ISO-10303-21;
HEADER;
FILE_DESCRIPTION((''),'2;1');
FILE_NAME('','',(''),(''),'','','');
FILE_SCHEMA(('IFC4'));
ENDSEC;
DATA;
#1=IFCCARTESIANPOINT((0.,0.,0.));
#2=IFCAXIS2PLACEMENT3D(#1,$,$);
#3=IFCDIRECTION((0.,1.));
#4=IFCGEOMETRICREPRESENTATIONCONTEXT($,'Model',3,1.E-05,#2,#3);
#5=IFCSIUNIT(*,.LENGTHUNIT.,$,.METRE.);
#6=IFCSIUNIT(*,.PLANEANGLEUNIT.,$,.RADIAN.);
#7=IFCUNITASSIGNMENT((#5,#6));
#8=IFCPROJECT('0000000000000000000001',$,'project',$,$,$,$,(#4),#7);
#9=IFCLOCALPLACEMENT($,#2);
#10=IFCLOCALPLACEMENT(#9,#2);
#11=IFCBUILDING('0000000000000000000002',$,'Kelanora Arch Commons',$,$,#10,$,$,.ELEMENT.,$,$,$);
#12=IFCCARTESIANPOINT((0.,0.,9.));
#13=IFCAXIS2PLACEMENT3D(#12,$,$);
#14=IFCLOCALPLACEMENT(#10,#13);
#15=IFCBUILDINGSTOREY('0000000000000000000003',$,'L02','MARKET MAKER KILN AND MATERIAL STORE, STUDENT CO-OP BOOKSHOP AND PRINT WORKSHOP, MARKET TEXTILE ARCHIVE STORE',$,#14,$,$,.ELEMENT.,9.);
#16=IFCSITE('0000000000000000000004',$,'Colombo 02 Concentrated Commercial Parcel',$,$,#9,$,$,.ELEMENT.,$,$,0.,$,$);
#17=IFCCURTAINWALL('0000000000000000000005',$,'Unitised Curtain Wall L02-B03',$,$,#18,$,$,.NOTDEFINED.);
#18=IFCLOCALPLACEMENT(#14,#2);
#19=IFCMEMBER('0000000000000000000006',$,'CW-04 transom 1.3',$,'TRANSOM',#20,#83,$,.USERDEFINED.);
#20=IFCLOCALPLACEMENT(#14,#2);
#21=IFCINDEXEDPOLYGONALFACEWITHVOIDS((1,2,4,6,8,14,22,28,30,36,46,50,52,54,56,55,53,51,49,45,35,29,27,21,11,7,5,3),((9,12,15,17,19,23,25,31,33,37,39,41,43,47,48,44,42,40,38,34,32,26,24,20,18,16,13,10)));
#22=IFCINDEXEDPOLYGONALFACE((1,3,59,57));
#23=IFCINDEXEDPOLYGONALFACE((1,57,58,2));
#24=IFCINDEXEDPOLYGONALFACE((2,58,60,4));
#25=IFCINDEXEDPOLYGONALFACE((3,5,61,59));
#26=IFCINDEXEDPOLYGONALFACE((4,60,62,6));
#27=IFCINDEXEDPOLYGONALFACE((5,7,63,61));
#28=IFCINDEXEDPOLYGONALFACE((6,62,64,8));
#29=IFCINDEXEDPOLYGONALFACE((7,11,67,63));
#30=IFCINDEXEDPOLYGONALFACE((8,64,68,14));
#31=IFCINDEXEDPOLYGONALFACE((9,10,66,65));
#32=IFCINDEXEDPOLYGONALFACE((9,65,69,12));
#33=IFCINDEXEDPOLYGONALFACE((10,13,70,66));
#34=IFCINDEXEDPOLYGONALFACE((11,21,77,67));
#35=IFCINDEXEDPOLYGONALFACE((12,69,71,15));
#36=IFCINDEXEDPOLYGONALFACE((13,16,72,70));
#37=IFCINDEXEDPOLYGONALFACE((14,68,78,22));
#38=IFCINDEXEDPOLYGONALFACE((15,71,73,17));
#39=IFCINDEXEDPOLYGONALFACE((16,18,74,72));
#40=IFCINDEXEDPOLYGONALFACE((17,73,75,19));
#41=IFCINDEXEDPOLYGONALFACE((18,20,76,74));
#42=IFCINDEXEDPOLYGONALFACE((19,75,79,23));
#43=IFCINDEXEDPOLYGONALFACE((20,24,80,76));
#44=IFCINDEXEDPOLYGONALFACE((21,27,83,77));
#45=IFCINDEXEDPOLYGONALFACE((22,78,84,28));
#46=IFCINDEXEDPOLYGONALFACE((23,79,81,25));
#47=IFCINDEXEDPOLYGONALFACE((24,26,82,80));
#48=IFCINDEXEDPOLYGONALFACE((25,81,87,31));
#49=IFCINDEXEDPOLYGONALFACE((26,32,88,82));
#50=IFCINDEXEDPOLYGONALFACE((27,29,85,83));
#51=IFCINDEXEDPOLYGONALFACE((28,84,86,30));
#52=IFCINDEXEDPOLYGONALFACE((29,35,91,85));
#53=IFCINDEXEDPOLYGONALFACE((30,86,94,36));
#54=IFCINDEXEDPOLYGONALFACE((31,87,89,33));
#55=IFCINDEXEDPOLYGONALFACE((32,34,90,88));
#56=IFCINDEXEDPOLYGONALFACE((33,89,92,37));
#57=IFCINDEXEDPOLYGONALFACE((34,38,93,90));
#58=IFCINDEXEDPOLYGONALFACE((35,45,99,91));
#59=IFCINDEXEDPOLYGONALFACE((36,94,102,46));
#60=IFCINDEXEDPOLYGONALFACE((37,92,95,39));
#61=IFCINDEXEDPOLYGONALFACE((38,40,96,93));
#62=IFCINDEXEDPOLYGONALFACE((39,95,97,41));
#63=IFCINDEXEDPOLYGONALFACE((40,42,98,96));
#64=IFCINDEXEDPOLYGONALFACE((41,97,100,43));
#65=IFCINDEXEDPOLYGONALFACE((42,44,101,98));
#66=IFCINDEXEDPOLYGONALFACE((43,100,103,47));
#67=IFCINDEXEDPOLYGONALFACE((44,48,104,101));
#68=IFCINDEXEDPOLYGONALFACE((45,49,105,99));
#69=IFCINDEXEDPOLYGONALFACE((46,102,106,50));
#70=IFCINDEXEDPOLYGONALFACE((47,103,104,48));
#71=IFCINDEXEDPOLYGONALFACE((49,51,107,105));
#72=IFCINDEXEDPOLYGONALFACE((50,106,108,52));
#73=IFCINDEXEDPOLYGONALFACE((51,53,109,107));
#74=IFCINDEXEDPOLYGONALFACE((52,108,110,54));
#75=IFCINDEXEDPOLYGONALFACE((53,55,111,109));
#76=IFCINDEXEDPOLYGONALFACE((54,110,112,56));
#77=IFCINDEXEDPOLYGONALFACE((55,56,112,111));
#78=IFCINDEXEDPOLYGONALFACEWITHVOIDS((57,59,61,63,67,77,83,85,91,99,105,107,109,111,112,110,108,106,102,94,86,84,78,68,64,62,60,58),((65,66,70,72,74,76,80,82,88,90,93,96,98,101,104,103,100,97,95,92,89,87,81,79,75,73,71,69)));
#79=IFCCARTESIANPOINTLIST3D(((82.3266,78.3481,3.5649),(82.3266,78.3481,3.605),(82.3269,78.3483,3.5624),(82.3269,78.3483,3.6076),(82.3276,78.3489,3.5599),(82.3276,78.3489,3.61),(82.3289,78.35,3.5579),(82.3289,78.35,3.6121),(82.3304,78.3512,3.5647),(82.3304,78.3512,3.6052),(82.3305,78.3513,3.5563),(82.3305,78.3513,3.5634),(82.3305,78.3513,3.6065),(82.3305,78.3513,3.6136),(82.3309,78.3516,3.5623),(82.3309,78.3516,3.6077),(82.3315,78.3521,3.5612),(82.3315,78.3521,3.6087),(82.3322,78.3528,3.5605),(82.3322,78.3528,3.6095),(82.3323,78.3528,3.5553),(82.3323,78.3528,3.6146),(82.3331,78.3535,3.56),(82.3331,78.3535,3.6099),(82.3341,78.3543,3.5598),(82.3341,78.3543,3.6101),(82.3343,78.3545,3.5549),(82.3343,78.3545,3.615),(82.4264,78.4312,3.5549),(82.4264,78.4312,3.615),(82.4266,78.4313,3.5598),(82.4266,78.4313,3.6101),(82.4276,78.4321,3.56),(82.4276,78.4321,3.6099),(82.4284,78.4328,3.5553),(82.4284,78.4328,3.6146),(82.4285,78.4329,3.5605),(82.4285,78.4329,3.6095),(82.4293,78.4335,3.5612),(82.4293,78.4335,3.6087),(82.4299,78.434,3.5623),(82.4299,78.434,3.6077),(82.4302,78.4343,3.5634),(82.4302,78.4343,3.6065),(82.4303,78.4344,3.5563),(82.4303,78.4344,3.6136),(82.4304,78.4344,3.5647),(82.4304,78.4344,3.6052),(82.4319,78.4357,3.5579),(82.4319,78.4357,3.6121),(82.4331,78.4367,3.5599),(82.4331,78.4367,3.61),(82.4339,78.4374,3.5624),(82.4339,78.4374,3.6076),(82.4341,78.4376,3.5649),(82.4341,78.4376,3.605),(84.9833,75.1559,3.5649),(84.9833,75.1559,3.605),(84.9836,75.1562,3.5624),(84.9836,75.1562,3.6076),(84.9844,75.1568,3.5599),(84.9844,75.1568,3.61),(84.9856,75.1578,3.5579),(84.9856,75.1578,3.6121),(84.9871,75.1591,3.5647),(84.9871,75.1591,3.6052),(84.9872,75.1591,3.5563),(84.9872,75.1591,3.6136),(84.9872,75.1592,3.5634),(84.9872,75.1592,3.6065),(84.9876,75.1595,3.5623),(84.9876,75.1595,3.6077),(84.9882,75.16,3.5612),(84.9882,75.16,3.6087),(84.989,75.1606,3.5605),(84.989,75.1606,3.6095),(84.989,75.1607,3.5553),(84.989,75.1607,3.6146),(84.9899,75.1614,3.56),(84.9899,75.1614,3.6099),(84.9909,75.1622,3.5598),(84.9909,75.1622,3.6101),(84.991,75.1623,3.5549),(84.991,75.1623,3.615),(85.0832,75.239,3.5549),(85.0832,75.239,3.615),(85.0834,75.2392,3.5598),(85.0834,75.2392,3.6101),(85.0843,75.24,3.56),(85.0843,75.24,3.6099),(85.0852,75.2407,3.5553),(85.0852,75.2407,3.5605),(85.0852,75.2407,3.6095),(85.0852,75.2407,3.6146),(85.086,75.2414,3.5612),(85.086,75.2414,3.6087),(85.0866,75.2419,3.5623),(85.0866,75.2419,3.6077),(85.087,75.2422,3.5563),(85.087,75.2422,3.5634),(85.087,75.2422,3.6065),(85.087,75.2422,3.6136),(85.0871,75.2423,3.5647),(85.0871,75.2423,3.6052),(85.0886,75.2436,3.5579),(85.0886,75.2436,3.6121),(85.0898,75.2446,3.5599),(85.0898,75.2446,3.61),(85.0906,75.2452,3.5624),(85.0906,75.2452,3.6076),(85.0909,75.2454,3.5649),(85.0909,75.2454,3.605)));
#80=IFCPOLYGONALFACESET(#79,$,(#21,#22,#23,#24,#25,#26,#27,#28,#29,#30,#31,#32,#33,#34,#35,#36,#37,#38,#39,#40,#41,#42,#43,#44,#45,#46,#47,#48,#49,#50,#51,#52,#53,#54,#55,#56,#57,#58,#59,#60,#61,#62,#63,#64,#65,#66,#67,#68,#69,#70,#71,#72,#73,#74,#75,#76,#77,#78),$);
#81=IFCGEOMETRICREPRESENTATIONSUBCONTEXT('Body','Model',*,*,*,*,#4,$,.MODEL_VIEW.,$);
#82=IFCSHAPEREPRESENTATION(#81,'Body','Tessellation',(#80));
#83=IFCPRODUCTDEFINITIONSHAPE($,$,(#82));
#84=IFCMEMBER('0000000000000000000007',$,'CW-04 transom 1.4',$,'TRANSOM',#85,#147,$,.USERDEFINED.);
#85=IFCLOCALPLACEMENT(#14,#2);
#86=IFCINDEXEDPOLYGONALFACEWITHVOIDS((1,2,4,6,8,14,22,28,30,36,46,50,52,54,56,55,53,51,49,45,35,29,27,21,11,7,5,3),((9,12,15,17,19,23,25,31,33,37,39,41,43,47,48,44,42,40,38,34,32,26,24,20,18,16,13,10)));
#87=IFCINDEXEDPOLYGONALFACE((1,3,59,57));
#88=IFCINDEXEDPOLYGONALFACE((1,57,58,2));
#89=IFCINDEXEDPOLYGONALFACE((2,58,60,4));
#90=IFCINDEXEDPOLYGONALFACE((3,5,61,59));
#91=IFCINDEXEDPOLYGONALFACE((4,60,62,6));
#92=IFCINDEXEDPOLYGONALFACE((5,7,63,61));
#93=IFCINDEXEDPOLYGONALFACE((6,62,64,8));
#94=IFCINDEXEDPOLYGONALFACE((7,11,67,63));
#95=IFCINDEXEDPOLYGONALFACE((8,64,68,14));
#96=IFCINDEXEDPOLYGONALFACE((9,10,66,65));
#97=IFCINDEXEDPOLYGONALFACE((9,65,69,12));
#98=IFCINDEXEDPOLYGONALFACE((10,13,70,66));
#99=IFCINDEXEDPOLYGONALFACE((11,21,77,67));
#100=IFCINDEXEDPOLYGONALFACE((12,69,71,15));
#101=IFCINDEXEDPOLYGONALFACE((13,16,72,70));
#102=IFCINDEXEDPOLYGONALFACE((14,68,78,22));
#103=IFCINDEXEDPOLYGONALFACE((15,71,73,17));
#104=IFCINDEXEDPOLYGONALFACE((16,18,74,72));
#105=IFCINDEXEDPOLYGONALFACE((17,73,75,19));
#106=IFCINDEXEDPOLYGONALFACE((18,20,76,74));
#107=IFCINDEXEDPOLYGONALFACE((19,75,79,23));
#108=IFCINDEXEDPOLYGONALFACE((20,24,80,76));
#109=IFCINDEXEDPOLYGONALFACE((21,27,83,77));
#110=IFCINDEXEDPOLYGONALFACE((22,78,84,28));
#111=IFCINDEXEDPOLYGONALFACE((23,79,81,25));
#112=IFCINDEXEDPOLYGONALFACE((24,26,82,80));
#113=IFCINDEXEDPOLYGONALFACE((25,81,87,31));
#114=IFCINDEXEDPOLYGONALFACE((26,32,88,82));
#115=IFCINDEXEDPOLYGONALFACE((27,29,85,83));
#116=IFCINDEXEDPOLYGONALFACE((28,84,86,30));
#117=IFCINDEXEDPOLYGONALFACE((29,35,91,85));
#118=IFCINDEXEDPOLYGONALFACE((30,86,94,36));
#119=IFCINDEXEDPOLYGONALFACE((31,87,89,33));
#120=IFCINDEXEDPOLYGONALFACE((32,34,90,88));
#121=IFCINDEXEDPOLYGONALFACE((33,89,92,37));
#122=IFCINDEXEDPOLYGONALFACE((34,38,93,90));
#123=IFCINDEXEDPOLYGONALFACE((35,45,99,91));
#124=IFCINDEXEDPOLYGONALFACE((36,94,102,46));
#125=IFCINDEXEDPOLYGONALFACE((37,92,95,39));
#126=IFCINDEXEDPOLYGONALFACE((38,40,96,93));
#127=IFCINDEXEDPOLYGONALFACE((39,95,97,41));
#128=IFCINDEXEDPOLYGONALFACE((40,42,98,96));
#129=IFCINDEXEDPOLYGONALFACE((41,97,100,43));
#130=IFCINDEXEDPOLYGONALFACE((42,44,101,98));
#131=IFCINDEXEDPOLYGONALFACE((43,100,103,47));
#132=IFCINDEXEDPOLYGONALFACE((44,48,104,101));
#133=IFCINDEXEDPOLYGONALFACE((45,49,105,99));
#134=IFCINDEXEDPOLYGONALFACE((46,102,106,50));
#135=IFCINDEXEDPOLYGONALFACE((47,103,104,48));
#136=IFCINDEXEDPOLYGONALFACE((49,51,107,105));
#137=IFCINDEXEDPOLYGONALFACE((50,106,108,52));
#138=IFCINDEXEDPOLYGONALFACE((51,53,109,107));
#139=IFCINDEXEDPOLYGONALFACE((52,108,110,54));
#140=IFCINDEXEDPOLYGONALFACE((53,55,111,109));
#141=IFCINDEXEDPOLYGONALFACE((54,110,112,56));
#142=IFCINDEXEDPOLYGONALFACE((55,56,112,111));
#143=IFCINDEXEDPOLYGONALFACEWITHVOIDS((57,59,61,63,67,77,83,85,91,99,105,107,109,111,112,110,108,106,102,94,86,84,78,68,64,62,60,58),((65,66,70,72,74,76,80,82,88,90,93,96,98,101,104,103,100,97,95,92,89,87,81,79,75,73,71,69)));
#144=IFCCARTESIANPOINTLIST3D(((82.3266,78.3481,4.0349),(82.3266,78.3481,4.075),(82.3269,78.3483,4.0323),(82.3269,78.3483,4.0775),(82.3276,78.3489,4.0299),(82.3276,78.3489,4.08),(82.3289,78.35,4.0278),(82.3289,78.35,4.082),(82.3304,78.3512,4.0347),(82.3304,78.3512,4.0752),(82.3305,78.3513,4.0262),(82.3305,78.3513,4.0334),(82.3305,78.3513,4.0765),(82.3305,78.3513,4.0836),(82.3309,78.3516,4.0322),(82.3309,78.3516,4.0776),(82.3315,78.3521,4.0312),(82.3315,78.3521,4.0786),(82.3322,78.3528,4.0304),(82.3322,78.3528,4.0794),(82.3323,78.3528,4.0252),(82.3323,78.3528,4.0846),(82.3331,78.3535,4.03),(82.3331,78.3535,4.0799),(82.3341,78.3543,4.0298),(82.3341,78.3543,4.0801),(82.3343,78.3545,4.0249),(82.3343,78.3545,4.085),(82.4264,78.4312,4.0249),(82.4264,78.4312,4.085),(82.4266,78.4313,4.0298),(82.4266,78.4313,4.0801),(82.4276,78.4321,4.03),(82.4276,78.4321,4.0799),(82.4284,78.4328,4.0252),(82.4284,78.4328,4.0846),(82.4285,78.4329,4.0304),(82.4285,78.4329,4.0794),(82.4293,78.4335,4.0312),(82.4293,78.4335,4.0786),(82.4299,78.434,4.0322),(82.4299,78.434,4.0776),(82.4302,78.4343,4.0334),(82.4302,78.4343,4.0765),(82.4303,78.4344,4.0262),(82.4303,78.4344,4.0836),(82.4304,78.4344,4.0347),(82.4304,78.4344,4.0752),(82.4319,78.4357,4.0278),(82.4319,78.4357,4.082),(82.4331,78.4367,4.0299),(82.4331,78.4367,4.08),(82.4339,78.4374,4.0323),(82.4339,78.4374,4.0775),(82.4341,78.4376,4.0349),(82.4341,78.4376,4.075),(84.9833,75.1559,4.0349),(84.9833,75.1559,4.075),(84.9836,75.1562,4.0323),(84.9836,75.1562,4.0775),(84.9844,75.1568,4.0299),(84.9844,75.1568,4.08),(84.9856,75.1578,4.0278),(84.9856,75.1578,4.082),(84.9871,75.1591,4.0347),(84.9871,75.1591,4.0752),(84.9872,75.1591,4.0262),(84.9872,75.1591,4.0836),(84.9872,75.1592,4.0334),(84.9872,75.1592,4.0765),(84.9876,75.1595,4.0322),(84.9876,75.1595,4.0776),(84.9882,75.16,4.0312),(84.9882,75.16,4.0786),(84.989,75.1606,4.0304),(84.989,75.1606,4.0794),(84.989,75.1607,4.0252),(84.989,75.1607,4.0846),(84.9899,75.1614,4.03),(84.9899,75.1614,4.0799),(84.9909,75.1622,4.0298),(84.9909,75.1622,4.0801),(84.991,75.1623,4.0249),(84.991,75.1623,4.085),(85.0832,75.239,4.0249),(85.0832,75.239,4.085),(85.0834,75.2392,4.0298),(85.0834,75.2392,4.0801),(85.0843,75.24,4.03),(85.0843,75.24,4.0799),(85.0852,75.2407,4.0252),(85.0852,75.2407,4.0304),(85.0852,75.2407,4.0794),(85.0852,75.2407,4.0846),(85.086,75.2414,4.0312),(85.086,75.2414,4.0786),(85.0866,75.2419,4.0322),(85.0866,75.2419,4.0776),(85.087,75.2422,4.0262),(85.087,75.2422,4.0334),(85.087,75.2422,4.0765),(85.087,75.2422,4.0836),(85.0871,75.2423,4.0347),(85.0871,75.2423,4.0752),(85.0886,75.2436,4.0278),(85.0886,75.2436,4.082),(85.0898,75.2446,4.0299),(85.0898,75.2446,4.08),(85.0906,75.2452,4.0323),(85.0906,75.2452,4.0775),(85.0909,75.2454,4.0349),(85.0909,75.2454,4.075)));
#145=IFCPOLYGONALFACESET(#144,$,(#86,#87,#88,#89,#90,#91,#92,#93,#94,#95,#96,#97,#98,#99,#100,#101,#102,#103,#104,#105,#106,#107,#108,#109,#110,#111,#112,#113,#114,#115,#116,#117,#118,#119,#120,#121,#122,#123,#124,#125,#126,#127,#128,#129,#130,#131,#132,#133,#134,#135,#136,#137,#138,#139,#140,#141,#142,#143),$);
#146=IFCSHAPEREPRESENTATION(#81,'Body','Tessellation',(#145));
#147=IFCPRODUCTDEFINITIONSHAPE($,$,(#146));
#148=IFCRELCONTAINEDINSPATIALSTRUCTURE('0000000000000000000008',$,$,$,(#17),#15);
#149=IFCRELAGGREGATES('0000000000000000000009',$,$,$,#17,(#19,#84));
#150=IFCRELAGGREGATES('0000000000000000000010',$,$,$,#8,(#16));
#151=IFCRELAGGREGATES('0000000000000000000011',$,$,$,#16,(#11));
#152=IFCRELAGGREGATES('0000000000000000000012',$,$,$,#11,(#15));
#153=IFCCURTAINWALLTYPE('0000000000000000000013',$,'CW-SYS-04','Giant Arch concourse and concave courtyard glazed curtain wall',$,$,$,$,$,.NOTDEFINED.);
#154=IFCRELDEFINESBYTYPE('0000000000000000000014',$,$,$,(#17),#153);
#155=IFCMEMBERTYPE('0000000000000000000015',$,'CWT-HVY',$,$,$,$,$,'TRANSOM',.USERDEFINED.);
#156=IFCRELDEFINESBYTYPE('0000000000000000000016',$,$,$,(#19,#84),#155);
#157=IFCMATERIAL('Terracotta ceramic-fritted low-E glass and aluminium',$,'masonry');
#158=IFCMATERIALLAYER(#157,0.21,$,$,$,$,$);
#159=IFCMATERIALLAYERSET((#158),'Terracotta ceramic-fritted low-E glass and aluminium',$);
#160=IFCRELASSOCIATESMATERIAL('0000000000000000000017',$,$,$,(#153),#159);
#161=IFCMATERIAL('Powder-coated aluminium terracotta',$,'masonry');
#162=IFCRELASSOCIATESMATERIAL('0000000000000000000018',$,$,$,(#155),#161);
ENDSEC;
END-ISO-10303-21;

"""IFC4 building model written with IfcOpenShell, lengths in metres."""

from ifc_helpers import new_model, si_unit, direction, frame, origin, origin_2d, place, context, subcontext, project, spatial, hollow_rectangle, extrude, material, layer, layer_set, material_profile, profile_set, type_object, element, aggregate, save


model = new_model("IFC4")

# Units and contexts
model_context = context("Model", 3, precision=1e-05, world=origin(), true_north=direction((0.0, 1.0)))
body_context = subcontext(model_context, "Body", "Model", "MODEL_VIEW")
ifc_project = project(units=[si_unit("LENGTHUNIT", "METRE"), si_unit("PLANEANGLEUNIT", "RADIAN")], contexts=[model_context])

# Site, building, storey
site_placement = place(None, origin())
site = spatial("IfcSite", under=ifc_project, at=site_placement, Name="Colombo 02 Concentrated Commercial Parcel", CompositionType="ELEMENT", RefElevation=0.0)
building_placement = place(site_placement, origin())
building = spatial("IfcBuilding", under=site, at=building_placement, Name="Kelanora Arch Commons", CompositionType="ELEMENT")
storey_placement = place(building_placement, frame((0.0, 0.0, 9.0)))
storey = spatial("IfcBuildingStorey", under=building, at=storey_placement, Name="L02", Description="MARKET MAKER KILN AND MATERIAL STORE, STUDENT CO-OP BOOKSHOP AND PRINT WORKSHOP, MARKET TEXTILE ARCHIVE STORE", CompositionType="ELEMENT", Elevation=9.0)

# Curtain wall
ifc_material_1 = material(Name="Terracotta ceramic-fritted low-E glass and aluminium", Category="masonry")
ifc_layer_1 = layer(ifc_material_1, 0.21)
ifc_layer_set_1 = layer_set([ifc_layer_1], Name="Terracotta ceramic-fritted low-E glass and aluminium")
curtain_wall_type = type_object("IfcCurtainWallType", Name="CW-SYS-04", Description="Giant Arch concourse and concave courtyard glazed curtain wall", PredefinedType="NOTDEFINED", material=ifc_layer_set_1)
ifc_material_2 = material(Name="Powder-coated aluminium terracotta", Category="masonry")
curtain_wall_1_placement = place(storey_placement, origin())
curtain_wall_1 = element("IfcCurtainWall", 1, at=curtain_wall_1_placement, inside=storey, type_object=curtain_wall_type, Name="Unitised Curtain Wall L02-B03", PredefinedType="NOTDEFINED")

# Members
ifc_material_profile_1 = material_profile(ifc_material_2, hollow_rectangle(XDim=0.1399, YDim=0.0601, WallThickness=0.0049, InnerFilletRadius=0.0049, OuterFilletRadius=0.01, at=origin_2d()), Name="CWT140x60")
ifc_profile_set_1 = profile_set([ifc_material_profile_1], Name="Powder-coated aluminium terracotta")
member_type_1 = type_object("IfcMemberType", Name="CWT-HVY", ElementType="TRANSOM", PredefinedType="USERDEFINED", material=ifc_profile_set_1)
member_1_placement = place(storey_placement, frame((85.0371, 75.2007, 3.585), z_axis=(-0.639704, 0.768621, 0.0), x_axis=(-0.768621, -0.639704, 0.0)))
member_1 = element("IfcMember", 2, at=member_1_placement, type_object=member_type_1, Name="CW-04 transom 1.3", ObjectType="TRANSOM", PredefinedType="USERDEFINED", context=body_context, shape_type="SweptSolid", body=[
    extrude(hollow_rectangle(XDim=0.1399, YDim=0.0601, WallThickness=0.0049, InnerFilletRadius=0.0049, OuterFilletRadius=0.01, at=origin_2d()), origin(), (0.0, 0.0, 1.0), 4.1531),
])
member_2_placement = place(storey_placement, frame((85.0371, 75.2007, 4.0549), z_axis=(-0.639704, 0.768621, 0.0), x_axis=(-0.768621, -0.639704, 0.0)))
member_2 = element("IfcMember", 3, at=member_2_placement, type_object=member_type_1, Name="CW-04 transom 1.4", ObjectType="TRANSOM", PredefinedType="USERDEFINED", context=body_context, shape_type="SweptSolid", body=[
    extrude(hollow_rectangle(XDim=0.1399, YDim=0.0601, WallThickness=0.0049, InnerFilletRadius=0.0049, OuterFilletRadius=0.01, at=origin_2d()), origin(), (0.0, 0.0, 1.0), 4.1531),
])

aggregate(curtain_wall_1, [member_1, member_2])

save(model, "model.ifc")
